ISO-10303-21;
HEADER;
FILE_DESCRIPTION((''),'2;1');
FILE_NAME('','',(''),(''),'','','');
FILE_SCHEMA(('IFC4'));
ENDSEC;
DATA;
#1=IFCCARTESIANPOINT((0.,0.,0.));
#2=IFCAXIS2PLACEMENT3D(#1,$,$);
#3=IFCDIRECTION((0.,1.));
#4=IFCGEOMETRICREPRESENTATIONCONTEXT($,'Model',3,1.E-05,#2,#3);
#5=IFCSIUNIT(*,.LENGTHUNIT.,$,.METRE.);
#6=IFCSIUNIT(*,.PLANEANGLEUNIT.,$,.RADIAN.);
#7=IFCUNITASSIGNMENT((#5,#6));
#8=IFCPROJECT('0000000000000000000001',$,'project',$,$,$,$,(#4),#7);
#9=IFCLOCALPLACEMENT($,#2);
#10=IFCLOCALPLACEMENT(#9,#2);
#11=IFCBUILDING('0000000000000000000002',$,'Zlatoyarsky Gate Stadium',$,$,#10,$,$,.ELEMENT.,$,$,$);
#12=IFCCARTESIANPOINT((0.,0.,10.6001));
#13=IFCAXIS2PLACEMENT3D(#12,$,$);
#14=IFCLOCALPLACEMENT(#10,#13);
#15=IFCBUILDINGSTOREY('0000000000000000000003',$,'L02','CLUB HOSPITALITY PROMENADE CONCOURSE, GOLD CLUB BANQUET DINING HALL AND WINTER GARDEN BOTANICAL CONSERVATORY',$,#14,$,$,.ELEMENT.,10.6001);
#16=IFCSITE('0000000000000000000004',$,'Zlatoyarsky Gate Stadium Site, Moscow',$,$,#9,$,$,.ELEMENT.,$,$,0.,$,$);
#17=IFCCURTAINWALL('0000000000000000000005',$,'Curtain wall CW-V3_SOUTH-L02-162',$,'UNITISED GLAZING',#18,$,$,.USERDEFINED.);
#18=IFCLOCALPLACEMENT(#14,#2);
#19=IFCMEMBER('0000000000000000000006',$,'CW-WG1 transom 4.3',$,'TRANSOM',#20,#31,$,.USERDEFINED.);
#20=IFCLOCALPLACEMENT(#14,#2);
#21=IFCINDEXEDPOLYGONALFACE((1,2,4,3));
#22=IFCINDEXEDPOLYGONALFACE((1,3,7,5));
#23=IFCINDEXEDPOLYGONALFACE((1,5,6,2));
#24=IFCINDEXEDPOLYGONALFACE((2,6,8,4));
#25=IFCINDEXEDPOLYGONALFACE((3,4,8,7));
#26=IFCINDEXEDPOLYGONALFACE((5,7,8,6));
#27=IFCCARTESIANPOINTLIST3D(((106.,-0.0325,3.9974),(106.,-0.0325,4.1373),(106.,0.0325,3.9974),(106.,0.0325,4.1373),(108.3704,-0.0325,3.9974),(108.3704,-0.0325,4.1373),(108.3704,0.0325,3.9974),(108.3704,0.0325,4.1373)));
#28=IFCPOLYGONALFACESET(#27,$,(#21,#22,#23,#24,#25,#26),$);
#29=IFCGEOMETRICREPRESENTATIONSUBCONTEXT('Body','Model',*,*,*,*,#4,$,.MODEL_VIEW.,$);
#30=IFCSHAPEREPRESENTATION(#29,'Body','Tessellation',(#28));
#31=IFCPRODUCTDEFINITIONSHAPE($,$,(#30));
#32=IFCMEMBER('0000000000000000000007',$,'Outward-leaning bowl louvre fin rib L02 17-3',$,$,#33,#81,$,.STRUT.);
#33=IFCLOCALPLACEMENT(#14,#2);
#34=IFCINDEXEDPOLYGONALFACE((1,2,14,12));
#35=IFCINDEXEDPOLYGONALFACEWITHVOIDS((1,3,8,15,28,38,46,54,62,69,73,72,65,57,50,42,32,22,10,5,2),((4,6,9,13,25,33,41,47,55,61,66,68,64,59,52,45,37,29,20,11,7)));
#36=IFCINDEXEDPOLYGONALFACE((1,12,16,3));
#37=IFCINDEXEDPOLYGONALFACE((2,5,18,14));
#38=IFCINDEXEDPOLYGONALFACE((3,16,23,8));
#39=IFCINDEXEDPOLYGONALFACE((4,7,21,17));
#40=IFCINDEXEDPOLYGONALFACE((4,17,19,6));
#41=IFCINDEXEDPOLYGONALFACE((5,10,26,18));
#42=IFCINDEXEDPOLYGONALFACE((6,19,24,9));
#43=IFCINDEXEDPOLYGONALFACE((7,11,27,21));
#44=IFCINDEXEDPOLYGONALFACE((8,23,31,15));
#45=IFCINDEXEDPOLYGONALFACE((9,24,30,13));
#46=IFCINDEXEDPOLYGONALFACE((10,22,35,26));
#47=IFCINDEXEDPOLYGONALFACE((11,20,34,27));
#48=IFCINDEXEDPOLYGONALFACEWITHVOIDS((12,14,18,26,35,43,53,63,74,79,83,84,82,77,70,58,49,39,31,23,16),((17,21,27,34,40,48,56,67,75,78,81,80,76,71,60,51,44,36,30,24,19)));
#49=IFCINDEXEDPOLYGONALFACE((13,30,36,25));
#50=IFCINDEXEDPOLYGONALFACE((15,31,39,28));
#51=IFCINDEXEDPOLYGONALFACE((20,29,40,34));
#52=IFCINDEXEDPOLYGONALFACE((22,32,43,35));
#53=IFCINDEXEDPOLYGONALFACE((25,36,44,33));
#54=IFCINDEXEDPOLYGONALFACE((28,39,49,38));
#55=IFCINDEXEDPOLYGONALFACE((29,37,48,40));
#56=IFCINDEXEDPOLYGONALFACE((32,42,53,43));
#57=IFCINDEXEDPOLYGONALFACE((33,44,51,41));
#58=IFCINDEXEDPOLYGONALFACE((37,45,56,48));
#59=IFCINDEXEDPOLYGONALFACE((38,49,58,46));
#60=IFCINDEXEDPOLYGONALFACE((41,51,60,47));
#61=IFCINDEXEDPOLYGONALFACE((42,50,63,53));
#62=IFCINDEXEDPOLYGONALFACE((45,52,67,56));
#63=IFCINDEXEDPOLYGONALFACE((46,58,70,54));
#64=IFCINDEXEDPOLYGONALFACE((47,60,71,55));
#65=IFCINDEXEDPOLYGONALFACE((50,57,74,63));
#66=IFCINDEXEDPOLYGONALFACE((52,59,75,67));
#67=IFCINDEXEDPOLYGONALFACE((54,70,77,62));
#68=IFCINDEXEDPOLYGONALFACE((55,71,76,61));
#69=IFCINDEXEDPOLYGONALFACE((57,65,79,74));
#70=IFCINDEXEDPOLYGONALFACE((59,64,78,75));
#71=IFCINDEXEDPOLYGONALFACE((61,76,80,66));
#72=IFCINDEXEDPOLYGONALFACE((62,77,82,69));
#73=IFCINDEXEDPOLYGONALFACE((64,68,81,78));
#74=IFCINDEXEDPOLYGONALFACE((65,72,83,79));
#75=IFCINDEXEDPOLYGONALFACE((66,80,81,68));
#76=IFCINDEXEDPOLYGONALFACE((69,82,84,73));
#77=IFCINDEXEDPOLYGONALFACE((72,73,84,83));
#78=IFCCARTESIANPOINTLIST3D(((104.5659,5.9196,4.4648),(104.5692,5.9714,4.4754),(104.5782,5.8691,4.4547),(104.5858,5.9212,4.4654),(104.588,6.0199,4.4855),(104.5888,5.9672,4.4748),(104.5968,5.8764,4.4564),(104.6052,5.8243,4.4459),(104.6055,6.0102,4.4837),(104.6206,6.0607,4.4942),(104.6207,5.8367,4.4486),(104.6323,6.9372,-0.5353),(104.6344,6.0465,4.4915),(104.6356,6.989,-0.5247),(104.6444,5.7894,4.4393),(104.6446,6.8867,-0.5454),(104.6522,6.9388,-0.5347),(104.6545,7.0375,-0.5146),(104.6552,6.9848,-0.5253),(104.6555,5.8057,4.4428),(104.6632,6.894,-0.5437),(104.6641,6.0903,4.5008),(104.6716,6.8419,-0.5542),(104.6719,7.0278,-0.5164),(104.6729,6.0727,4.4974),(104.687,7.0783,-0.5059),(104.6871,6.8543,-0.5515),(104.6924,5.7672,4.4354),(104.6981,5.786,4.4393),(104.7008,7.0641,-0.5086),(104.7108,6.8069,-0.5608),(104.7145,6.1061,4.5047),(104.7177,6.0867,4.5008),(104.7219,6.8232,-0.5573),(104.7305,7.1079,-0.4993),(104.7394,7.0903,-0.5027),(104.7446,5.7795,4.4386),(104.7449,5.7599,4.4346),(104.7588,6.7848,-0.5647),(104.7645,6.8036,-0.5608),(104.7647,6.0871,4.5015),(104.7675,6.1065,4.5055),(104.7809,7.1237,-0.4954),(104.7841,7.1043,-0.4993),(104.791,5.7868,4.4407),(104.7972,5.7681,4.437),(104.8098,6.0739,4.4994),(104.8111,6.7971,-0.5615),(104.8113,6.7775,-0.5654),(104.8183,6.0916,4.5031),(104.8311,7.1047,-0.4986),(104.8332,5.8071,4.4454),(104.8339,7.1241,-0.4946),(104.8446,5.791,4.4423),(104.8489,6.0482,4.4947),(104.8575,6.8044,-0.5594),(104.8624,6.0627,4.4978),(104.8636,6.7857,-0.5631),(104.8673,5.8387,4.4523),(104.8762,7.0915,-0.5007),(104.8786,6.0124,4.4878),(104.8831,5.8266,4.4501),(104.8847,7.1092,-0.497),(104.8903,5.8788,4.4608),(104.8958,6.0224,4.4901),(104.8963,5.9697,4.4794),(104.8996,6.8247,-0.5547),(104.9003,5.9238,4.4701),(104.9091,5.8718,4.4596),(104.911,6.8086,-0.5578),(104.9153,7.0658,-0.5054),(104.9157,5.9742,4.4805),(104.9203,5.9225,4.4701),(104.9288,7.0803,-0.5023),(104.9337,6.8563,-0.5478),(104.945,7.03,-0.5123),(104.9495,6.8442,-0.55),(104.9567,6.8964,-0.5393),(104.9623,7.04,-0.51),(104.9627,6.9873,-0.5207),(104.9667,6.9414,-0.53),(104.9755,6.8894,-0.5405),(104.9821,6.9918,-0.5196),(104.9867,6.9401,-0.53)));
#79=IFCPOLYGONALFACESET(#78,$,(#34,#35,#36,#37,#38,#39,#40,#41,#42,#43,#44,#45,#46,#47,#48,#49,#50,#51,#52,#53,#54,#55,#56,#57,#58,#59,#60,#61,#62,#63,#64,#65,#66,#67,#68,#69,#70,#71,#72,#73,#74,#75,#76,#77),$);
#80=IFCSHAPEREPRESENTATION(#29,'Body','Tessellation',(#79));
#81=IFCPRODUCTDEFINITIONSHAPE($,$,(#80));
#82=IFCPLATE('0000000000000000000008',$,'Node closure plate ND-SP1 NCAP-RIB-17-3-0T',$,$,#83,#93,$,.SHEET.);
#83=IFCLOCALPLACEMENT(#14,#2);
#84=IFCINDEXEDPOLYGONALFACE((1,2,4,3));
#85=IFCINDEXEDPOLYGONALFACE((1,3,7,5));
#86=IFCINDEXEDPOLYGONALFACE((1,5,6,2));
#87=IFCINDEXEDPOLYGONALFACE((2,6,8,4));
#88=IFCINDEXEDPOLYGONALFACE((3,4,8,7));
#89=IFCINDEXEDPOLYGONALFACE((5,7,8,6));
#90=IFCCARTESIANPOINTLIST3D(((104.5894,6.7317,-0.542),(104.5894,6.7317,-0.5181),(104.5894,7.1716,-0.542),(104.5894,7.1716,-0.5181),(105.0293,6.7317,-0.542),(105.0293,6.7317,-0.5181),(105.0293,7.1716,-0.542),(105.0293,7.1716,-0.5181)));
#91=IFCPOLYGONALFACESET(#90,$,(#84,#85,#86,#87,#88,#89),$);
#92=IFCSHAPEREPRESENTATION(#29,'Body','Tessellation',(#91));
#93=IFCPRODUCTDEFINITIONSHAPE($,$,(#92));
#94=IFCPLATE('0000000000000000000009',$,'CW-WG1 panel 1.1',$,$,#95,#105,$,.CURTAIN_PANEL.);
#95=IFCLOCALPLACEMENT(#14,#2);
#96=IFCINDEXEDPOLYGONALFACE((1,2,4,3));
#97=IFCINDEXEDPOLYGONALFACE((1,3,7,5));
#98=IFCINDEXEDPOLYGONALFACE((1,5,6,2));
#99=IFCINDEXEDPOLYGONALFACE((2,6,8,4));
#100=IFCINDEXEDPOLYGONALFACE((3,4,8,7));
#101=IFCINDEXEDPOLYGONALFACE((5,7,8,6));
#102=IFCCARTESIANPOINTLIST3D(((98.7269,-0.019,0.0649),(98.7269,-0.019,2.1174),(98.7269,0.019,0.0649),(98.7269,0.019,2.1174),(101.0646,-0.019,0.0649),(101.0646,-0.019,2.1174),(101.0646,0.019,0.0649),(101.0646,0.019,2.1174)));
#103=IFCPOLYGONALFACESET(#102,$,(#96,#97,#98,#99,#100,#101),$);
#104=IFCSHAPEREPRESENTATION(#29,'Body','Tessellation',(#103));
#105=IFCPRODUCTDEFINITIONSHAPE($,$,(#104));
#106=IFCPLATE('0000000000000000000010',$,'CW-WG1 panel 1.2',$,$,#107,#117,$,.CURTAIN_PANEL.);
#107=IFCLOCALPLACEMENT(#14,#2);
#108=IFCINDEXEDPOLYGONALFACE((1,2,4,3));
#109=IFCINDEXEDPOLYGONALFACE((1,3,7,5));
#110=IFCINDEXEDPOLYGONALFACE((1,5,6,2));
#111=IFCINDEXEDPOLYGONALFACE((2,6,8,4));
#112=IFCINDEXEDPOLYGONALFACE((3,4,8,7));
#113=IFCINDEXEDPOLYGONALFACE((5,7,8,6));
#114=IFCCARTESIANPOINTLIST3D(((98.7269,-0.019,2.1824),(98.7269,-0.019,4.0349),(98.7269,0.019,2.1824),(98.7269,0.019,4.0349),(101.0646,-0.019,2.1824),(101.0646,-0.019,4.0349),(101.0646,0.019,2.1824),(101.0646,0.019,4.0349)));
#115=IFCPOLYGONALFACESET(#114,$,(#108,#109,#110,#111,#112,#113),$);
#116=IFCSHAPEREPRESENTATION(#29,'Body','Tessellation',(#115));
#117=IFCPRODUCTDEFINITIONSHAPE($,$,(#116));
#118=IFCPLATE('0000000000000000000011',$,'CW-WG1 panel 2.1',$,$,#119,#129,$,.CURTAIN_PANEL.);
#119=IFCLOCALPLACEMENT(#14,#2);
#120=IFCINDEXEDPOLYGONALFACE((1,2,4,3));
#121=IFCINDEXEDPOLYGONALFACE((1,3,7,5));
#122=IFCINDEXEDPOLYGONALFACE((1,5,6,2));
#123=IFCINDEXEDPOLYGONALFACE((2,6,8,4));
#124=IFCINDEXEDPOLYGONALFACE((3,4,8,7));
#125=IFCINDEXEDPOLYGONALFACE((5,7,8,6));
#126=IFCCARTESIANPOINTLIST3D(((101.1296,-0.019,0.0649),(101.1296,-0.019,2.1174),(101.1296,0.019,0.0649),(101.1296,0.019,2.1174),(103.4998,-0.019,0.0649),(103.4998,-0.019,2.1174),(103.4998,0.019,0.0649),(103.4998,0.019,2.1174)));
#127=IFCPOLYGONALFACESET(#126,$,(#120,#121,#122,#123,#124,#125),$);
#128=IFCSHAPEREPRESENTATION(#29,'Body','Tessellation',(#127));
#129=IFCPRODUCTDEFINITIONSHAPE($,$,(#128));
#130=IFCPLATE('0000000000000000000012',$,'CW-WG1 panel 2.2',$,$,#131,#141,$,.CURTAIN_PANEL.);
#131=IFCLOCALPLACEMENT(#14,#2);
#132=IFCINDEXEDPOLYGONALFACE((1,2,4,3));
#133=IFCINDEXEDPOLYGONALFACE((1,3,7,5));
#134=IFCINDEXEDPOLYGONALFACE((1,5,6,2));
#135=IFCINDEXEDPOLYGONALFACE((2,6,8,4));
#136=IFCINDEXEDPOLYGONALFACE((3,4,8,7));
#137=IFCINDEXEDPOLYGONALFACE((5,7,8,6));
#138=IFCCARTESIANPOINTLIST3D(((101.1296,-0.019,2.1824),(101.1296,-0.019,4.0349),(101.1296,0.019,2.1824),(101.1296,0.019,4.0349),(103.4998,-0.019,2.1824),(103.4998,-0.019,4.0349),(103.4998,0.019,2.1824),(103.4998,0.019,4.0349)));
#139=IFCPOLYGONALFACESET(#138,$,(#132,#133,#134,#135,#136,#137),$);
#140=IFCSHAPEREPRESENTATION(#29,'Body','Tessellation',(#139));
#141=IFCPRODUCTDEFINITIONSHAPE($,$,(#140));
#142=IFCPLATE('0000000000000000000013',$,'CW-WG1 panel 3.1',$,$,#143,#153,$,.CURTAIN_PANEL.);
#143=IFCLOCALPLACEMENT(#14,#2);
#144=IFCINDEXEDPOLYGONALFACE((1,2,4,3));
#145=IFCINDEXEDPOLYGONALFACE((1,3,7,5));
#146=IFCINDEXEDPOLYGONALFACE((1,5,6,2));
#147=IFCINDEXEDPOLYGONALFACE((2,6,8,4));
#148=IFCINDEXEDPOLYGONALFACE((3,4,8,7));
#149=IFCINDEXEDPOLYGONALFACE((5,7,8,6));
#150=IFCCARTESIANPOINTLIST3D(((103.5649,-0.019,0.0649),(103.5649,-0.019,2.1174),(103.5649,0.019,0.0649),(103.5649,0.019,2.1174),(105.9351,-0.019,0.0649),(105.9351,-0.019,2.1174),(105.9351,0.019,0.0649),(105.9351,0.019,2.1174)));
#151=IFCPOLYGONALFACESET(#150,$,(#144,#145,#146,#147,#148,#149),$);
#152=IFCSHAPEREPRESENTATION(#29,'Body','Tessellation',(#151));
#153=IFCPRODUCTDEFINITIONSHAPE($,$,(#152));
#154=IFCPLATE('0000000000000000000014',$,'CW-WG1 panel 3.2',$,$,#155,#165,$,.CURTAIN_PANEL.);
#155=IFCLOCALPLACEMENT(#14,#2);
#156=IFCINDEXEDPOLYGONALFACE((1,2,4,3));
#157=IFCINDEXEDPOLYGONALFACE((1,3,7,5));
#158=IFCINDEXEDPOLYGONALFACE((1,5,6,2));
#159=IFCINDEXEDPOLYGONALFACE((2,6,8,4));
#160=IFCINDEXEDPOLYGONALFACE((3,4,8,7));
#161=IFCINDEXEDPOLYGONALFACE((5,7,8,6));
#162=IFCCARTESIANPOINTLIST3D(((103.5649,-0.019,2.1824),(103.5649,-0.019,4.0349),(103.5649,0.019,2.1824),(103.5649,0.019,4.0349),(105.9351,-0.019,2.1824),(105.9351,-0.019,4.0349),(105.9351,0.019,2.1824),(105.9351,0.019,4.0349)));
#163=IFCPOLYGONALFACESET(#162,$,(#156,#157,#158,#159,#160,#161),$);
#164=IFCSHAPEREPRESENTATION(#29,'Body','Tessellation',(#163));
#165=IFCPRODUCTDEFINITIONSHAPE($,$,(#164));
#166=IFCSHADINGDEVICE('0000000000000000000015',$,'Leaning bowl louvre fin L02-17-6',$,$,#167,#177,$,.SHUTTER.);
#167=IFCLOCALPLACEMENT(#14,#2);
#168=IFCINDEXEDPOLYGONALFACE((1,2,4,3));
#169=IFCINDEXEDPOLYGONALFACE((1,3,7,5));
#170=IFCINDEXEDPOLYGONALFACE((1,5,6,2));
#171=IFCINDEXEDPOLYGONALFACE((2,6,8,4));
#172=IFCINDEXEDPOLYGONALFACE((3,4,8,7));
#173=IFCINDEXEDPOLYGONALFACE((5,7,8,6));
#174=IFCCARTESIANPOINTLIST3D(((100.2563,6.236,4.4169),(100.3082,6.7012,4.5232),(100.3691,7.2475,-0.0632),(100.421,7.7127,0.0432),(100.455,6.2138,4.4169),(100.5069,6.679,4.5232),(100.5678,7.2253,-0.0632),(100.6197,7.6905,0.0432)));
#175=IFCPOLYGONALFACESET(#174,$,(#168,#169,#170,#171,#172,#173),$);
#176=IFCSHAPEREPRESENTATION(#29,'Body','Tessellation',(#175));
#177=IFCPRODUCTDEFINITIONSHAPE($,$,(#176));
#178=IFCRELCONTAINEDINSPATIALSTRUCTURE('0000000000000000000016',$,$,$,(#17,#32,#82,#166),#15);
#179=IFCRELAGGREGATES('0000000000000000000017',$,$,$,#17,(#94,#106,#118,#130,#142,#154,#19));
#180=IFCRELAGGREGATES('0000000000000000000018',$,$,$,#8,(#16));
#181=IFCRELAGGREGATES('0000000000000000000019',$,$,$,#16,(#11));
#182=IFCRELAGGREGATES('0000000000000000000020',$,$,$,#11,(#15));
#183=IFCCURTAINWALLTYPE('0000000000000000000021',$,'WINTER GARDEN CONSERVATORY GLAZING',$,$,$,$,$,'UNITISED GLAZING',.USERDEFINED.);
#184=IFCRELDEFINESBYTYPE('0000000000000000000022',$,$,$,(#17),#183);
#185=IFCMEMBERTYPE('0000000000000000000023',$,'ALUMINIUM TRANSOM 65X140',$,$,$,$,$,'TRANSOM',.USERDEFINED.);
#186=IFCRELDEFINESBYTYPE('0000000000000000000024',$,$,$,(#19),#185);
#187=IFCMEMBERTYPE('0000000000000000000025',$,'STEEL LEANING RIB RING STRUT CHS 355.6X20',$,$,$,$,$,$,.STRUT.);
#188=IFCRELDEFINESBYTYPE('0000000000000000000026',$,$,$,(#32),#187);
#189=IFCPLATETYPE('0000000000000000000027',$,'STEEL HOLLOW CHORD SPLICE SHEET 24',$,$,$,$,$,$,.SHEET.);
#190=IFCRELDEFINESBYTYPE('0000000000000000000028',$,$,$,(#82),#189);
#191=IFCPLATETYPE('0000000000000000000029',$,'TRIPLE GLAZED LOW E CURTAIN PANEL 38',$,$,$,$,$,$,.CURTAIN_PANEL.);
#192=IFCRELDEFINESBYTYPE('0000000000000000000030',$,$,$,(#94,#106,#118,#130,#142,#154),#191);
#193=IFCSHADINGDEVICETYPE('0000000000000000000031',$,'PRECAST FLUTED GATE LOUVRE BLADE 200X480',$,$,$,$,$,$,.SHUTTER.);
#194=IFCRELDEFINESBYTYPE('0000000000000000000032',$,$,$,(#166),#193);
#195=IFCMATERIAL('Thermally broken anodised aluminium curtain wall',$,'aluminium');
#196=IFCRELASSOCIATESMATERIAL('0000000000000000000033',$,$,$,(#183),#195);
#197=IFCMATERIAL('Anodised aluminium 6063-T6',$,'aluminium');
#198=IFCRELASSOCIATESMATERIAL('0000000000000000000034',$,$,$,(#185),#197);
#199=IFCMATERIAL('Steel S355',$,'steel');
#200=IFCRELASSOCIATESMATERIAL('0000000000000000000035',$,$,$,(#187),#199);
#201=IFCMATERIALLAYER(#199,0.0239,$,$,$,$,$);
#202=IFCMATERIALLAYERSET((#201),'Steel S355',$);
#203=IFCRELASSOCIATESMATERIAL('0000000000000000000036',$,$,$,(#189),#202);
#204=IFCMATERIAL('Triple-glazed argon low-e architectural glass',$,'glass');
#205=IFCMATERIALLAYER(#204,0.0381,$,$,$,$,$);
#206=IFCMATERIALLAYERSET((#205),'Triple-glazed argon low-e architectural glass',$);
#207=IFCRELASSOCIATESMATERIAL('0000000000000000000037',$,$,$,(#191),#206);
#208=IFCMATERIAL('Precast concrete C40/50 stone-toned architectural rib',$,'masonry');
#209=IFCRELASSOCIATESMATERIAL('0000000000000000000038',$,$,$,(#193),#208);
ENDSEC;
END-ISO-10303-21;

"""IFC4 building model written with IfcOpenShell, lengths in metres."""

from ifc_helpers import new_model, si_unit, direction, frame, origin, origin_2d, place, context, subcontext, project, spatial, rectangle, hollow_circle, extrude, material, layer, layer_set, material_profile, profile_set, type_object, element, aggregate, save


model = new_model("IFC4")

# Units and contexts
model_context = context("Model", 3, precision=1e-05, world=origin(), true_north=direction((0.0, 1.0)))
body_context = subcontext(model_context, "Body", "Model", "MODEL_VIEW")
ifc_project = project(units=[si_unit("LENGTHUNIT", "METRE"), si_unit("PLANEANGLEUNIT", "RADIAN")], contexts=[model_context])

# Site, building, storey
site_placement = place(None, origin())
site = spatial("IfcSite", under=ifc_project, at=site_placement, Name="Zlatoyarsky Gate Stadium Site, Moscow", CompositionType="ELEMENT", RefElevation=0.0)
building_placement = place(site_placement, origin())
building = spatial("IfcBuilding", under=site, at=building_placement, Name="Zlatoyarsky Gate Stadium", CompositionType="ELEMENT")
storey_placement = place(building_placement, frame((0.0, 0.0, 10.6001)))
storey = spatial("IfcBuildingStorey", under=building, at=storey_placement, Name="L02", Description="CLUB HOSPITALITY PROMENADE CONCOURSE, GOLD CLUB BANQUET DINING HALL AND WINTER GARDEN BOTANICAL CONSERVATORY", CompositionType="ELEMENT", Elevation=10.6001)

# Curtain wall, member
ifc_material_1 = material(Name="Thermally broken anodised aluminium curtain wall", Category="aluminium")
curtain_wall_type = type_object("IfcCurtainWallType", Name="WINTER GARDEN CONSERVATORY GLAZING", ElementType="UNITISED GLAZING", PredefinedType="USERDEFINED", material=ifc_material_1)
curtain_wall_placement = place(storey_placement, origin())
curtain_wall = element("IfcCurtainWall", 1, at=curtain_wall_placement, inside=storey, type_object=curtain_wall_type, Name="Curtain wall CW-V3_SOUTH-L02-162", ObjectType="UNITISED GLAZING", PredefinedType="USERDEFINED")
ifc_material_2 = material(Name="Anodised aluminium 6063-T6", Category="aluminium")
ifc_material_profile_1 = material_profile(ifc_material_2, rectangle(XDim=0.0649, YDim=0.1399, at=origin_2d()), Name="ALU 65X140")
ifc_profile_set_1 = profile_set([ifc_material_profile_1], Name="Anodised aluminium 6063-T6")
member_type_1 = type_object("IfcMemberType", Name="ALUMINIUM TRANSOM 65X140", ElementType="TRANSOM", PredefinedType="USERDEFINED", material=ifc_profile_set_1)
member_1_placement = place(storey_placement, frame((106.0, 0.0, 4.0674), z_axis=(1.0, 0.0, 0.0), x_axis=(0.0, 1.0, 0.0)))
member_1 = element("IfcMember", 2, at=member_1_placement, type_object=member_type_1, Name="CW-WG1 transom 4.3", ObjectType="TRANSOM", PredefinedType="USERDEFINED", context=body_context, shape_type="SweptSolid", body=[
    extrude(rectangle(XDim=0.0649, YDim=0.1399, at=origin_2d()), origin(), (0.0, 0.0, 1.0), 2.3704),
])

# Member
ifc_material_3 = material(Name="Steel S355", Category="steel")
ifc_material_profile_2 = material_profile(ifc_material_3, hollow_circle(Radius=0.1777, WallThickness=0.02, at=origin_2d()), Name="CHS 355.6X20")
ifc_profile_set_2 = profile_set([ifc_material_profile_2], Name="Steel S355")
member_type_2 = type_object("IfcMemberType", Name="STEEL LEANING RIB RING STRUT CHS 355.6X20", PredefinedType="STRUT", material=ifc_profile_set_2)
member_2_placement = place(storey_placement, frame((104.8093, 6.9517, -0.53), z_axis=(-0.013013, -0.199411, 0.97983), x_axis=(0.997877, -0.065121, 0.0)))
element("IfcMember", 3, at=member_2_placement, inside=storey, type_object=member_type_2, Name="Outward-leaning bowl louvre fin rib L02 17-3", PredefinedType="STRUT", context=body_context, shape_type="SweptSolid", body=[
    extrude(hollow_circle(Radius=0.1777, WallThickness=0.02, at=origin_2d()), origin(), (0.0, 0.0, 1.0), 5.103),
])

# Plates
ifc_layer_1 = layer(ifc_material_3, 0.0239)
ifc_layer_set_1 = layer_set([ifc_layer_1], Name="Steel S355")
plate_type_1 = type_object("IfcPlateType", Name="STEEL HOLLOW CHORD SPLICE SHEET 24", PredefinedType="SHEET", material=ifc_layer_set_1)
plate_1_placement = place(storey_placement, frame((104.8093, 6.9517, -0.542), z_axis=(0.0, 0.0, 1.0), x_axis=(1.0, 0.0, 0.0)))
element("IfcPlate", 4, at=plate_1_placement, inside=storey, type_object=plate_type_1, Name="Node closure plate ND-SP1 NCAP-RIB-17-3-0T", PredefinedType="SHEET", context=body_context, shape_type="SweptSolid", body=[
    extrude(rectangle(XDim=0.4399, YDim=0.4399, at=origin_2d()), origin(), (0.0, 0.0, 1.0), 0.0239),
])
ifc_material_4 = material(Name="Triple-glazed argon low-e architectural glass", Category="glass")
ifc_layer_2 = layer(ifc_material_4, 0.0381)
ifc_layer_set_2 = layer_set([ifc_layer_2], Name="Triple-glazed argon low-e architectural glass")
plate_type_2 = type_object("IfcPlateType", Name="TRIPLE GLAZED LOW E CURTAIN PANEL 38", PredefinedType="CURTAIN_PANEL", material=ifc_layer_set_2)
plate_2_placement = place(storey_placement, frame((99.8958, 0.0, 0.0649), z_axis=(0.0, 0.0, 1.0), x_axis=(1.0, 0.0, 0.0)))
plate_2 = element("IfcPlate", 5, at=plate_2_placement, type_object=plate_type_2, Name="CW-WG1 panel 1.1", PredefinedType="CURTAIN_PANEL", context=body_context, shape_type="SweptSolid", body=[
    extrude(rectangle(XDim=2.3376, YDim=0.0381, at=origin_2d()), origin(), (0.0, 0.0, 1.0), 2.0525),
])
plate_3_placement = place(storey_placement, frame((99.8958, 0.0, 2.1824), z_axis=(0.0, 0.0, 1.0), x_axis=(1.0, 0.0, 0.0)))
plate_3 = element("IfcPlate", 6, at=plate_3_placement, type_object=plate_type_2, Name="CW-WG1 panel 1.2", PredefinedType="CURTAIN_PANEL", context=body_context, shape_type="SweptSolid", body=[
    extrude(rectangle(XDim=2.3376, YDim=0.0381, at=origin_2d()), origin(), (0.0, 0.0, 1.0), 1.8525),
])
plate_4_placement = place(storey_placement, frame((102.3147, 0.0, 0.0649), z_axis=(0.0, 0.0, 1.0), x_axis=(1.0, 0.0, 0.0)))
plate_4 = element("IfcPlate", 7, at=plate_4_placement, type_object=plate_type_2, Name="CW-WG1 panel 2.1", PredefinedType="CURTAIN_PANEL", context=body_context, shape_type="SweptSolid", body=[
    extrude(rectangle(XDim=2.3701, YDim=0.0381, at=origin_2d()), origin(), (0.0, 0.0, 1.0), 2.0525),
])
plate_5_placement = place(storey_placement, frame((102.3147, 0.0, 2.1824), z_axis=(0.0, 0.0, 1.0), x_axis=(1.0, 0.0, 0.0)))
plate_5 = element("IfcPlate", 8, at=plate_5_placement, type_object=plate_type_2, Name="CW-WG1 panel 2.2", PredefinedType="CURTAIN_PANEL", context=body_context, shape_type="SweptSolid", body=[
    extrude(rectangle(XDim=2.3701, YDim=0.0381, at=origin_2d()), origin(), (0.0, 0.0, 1.0), 1.8525),
])
plate_6_placement = place(storey_placement, frame((104.75, 0.0, 0.0649), z_axis=(0.0, 0.0, 1.0), x_axis=(1.0, 0.0, 0.0)))
plate_6 = element("IfcPlate", 9, at=plate_6_placement, type_object=plate_type_2, Name="CW-WG1 panel 3.1", PredefinedType="CURTAIN_PANEL", context=body_context, shape_type="SweptSolid", body=[
    extrude(rectangle(XDim=2.3701, YDim=0.0381, at=origin_2d()), origin(), (0.0, 0.0, 1.0), 2.0525),
])
plate_7_placement = place(storey_placement, frame((104.75, 0.0, 2.1824), z_axis=(0.0, 0.0, 1.0), x_axis=(1.0, 0.0, 0.0)))
plate_7 = element("IfcPlate", 10, at=plate_7_placement, type_object=plate_type_2, Name="CW-WG1 panel 3.2", PredefinedType="CURTAIN_PANEL", context=body_context, shape_type="SweptSolid", body=[
    extrude(rectangle(XDim=2.3701, YDim=0.0381, at=origin_2d()), origin(), (0.0, 0.0, 1.0), 1.8525),
])
aggregate(curtain_wall, [plate_2, plate_3, plate_4, plate_5, plate_6, plate_7, member_1])

# Shading device
ifc_material_5 = material(Name="Precast concrete C40/50 stone-toned architectural rib", Category="masonry")
ifc_material_profile_3 = material_profile(ifc_material_5, rectangle(XDim=0.2, YDim=0.48, at=origin_2d()), Name="RIB 200X480")
ifc_profile_set_3 = profile_set([ifc_material_profile_3], Name="Precast concrete C40/50 stone-toned architectural rib")
shading_device_type = type_object("IfcShadingDeviceType", Name="PRECAST FLUTED GATE LOUVRE BLADE 200X480", PredefinedType="SHUTTER", material=ifc_profile_set_3)
shading_device_placement = place(storey_placement, frame((100.4944, 7.469, -0.01), z_axis=(-0.024552, -0.220167, 0.975153), x_axis=(0.99384, -0.110826, 0.0)))
element("IfcShadingDevice", 11, at=shading_device_placement, inside=storey, type_object=shading_device_type, Name="Leaning bowl louvre fin L02-17-6", PredefinedType="SHUTTER", context=body_context, shape_type="SweptSolid", body=[
    extrude(rectangle(XDim=0.2, YDim=0.48, at=origin_2d()), origin(), (0.0, 0.0, 1.0), 4.5942),
])

save(model, "model.ifc")
